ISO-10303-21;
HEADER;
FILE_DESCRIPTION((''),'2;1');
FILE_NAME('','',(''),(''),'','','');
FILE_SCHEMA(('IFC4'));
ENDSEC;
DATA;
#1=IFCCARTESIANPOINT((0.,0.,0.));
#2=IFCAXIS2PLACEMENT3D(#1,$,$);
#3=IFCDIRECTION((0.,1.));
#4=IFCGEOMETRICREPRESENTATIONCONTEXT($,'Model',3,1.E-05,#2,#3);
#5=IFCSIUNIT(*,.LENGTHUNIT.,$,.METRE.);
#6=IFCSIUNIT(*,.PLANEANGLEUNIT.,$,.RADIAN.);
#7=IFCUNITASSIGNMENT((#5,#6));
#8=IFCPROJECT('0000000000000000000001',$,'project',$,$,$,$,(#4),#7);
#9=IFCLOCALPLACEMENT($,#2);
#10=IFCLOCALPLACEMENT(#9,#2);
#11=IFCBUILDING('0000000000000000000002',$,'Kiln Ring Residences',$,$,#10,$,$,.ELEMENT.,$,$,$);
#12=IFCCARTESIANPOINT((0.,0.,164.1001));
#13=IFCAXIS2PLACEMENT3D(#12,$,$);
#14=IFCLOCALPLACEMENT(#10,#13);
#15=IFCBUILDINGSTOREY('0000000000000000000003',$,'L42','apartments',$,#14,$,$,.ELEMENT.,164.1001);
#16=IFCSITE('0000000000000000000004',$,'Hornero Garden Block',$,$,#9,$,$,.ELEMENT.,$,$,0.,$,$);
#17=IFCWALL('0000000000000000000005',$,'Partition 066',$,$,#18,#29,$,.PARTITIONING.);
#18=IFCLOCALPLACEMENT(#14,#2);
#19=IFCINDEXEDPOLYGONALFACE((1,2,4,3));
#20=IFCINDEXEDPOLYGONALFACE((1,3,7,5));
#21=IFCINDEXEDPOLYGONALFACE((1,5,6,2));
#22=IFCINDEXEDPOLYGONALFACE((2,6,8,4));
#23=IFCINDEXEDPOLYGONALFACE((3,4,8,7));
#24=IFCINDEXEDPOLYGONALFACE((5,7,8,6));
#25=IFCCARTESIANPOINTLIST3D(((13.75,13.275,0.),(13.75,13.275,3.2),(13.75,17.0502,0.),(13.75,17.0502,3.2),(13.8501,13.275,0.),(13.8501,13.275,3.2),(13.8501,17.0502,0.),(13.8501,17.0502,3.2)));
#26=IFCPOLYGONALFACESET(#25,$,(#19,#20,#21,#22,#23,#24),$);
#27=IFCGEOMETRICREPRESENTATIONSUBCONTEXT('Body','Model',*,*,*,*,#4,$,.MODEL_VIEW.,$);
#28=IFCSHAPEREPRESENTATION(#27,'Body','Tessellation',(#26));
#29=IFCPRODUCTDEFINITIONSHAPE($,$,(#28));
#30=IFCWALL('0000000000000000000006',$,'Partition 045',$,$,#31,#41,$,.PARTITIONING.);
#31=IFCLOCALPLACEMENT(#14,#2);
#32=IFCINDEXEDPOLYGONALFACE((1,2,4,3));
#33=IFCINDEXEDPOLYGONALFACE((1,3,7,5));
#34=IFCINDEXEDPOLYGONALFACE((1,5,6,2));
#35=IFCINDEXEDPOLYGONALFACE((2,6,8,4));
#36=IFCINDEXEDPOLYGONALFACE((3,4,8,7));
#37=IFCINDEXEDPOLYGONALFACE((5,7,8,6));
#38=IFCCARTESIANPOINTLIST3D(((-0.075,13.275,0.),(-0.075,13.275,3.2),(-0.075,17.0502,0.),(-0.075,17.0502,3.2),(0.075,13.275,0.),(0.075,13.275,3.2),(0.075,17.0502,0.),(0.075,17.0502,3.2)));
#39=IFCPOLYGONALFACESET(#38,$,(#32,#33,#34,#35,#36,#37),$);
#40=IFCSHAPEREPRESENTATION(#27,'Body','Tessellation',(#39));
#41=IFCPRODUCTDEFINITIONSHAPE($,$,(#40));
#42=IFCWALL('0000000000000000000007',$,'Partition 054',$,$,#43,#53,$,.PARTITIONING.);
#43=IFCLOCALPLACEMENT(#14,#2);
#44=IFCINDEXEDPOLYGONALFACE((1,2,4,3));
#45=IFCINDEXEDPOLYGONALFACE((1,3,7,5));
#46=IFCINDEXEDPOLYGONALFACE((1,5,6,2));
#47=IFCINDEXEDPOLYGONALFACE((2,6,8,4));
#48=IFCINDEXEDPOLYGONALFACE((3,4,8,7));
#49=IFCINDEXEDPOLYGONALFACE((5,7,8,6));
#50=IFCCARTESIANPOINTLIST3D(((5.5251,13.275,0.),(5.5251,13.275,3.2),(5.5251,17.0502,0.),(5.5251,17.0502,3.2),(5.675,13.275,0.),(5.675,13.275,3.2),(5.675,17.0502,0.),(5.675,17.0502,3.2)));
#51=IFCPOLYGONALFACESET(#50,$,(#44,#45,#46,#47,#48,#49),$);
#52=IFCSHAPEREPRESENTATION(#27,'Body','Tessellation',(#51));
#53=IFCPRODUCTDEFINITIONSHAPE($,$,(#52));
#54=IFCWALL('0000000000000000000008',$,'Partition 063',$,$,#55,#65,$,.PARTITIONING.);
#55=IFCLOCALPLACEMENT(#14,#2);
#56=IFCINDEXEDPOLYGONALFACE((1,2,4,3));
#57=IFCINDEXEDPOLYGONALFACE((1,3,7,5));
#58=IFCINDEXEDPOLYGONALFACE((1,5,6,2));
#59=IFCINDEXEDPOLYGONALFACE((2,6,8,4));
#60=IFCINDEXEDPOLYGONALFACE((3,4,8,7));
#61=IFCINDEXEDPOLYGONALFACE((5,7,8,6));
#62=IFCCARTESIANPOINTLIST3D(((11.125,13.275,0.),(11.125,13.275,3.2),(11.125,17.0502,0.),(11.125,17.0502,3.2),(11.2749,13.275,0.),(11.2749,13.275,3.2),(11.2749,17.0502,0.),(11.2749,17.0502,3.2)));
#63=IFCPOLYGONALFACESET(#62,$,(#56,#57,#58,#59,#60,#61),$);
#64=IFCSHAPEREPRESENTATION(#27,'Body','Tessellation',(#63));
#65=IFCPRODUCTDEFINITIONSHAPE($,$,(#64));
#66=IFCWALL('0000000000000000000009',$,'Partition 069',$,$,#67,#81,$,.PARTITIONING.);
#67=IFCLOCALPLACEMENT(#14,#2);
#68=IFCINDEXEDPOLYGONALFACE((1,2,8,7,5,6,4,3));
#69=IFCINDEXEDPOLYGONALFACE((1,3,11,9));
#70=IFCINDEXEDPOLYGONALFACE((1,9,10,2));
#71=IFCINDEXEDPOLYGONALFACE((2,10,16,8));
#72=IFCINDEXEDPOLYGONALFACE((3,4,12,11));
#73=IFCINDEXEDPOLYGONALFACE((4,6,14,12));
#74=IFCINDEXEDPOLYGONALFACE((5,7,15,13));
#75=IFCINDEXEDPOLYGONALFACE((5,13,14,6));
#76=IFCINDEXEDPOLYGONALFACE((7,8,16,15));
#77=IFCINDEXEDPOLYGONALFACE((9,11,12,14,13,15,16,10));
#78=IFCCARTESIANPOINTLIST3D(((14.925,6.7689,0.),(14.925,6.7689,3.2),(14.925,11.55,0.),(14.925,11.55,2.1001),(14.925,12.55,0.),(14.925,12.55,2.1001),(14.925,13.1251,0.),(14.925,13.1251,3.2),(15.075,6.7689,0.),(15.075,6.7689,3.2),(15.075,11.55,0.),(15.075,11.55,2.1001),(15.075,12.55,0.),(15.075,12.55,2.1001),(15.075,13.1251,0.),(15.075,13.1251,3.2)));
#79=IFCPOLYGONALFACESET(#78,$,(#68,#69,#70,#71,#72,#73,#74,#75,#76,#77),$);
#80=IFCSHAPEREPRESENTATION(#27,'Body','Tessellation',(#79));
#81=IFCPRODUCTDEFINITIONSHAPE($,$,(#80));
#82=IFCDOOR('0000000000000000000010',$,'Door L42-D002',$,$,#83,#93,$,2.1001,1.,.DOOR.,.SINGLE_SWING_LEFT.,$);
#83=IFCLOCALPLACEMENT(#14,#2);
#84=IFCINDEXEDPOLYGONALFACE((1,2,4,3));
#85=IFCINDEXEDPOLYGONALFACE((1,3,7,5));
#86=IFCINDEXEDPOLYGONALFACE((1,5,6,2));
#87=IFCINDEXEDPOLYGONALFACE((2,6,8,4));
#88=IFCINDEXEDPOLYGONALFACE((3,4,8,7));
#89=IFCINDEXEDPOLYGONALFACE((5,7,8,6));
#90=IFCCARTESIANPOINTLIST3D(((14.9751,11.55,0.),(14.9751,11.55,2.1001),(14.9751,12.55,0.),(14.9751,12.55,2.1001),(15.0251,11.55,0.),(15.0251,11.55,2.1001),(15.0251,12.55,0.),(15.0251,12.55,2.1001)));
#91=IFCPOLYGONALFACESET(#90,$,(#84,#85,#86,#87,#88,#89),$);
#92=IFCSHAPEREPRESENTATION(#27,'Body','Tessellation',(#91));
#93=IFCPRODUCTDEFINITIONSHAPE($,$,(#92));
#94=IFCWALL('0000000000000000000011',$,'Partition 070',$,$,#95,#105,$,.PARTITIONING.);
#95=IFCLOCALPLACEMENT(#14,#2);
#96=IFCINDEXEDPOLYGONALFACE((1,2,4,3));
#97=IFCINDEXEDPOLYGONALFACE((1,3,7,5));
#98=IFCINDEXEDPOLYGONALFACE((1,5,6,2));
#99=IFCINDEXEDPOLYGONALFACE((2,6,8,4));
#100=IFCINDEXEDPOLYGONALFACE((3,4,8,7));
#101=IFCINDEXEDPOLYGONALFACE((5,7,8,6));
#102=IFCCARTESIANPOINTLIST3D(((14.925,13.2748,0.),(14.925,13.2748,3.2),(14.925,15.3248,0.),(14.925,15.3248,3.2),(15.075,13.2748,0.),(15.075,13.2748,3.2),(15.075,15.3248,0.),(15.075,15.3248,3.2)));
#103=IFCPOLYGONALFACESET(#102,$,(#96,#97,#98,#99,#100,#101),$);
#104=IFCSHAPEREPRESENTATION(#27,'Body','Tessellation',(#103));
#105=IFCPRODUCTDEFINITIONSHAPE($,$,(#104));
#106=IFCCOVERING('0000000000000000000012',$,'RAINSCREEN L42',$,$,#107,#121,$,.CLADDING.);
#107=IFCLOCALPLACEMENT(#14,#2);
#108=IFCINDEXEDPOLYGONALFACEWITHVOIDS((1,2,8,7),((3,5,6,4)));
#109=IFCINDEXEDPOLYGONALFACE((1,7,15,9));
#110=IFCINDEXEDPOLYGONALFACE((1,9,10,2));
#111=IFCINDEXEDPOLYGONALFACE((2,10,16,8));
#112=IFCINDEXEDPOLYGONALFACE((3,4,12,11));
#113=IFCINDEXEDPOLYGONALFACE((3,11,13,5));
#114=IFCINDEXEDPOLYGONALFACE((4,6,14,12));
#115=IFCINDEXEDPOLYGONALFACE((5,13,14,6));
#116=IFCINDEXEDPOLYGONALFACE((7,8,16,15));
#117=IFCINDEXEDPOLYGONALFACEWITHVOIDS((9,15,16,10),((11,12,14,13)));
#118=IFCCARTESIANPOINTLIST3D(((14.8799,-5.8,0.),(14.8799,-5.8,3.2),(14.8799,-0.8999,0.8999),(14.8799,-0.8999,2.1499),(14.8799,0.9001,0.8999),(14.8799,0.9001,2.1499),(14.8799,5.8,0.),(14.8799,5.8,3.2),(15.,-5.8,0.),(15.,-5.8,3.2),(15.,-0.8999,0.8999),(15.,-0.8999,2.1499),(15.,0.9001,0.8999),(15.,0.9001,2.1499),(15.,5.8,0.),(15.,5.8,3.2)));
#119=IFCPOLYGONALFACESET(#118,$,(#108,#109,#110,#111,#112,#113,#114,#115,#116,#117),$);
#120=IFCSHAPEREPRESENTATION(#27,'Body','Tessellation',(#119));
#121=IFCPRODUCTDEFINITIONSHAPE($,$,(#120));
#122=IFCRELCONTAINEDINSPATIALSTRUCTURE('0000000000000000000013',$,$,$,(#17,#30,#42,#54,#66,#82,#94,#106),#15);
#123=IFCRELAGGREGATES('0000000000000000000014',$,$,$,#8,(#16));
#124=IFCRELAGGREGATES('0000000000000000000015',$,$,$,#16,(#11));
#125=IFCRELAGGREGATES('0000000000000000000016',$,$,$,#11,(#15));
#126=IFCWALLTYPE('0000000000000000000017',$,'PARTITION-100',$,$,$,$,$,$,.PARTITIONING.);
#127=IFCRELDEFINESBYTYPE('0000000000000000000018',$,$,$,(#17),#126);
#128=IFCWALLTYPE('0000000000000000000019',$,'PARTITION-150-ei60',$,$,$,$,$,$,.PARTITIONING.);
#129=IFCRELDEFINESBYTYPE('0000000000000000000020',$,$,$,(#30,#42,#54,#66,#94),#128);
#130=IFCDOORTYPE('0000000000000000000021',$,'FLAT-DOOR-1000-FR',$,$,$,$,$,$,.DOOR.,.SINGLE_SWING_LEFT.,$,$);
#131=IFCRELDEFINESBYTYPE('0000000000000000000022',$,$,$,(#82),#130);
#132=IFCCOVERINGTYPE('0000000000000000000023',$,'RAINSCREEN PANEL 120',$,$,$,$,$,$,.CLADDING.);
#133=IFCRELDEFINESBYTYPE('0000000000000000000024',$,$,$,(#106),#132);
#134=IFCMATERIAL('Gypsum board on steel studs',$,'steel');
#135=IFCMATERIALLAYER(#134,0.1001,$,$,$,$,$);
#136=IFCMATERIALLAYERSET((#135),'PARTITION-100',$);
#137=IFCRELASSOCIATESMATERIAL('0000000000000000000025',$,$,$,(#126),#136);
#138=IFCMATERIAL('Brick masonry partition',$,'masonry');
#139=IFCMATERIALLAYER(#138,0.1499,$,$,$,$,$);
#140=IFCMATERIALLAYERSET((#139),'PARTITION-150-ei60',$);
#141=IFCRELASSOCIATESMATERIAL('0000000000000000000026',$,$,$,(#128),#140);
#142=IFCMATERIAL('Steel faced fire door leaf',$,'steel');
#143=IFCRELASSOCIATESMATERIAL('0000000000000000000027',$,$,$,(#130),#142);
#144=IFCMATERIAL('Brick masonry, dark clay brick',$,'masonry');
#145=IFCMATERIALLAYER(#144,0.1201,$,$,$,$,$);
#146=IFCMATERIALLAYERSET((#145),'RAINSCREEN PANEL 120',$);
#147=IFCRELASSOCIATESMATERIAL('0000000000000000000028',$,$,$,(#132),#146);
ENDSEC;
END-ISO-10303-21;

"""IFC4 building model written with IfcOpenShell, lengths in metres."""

from ifc_helpers import new_model, si_unit, direction, frame, frame_2d, origin, place, context, subcontext, project, spatial, polyline, rectangle, outline, extrude, material, layer, layer_set, type_object, element, fill, save


model = new_model("IFC4")

# Units and contexts
model_context = context("Model", 3, precision=1e-05, world=origin(), true_north=direction((0.0, 1.0)))
body_context = subcontext(model_context, "Body", "Model", "MODEL_VIEW")
ifc_project = project(units=[si_unit("LENGTHUNIT", "METRE"), si_unit("PLANEANGLEUNIT", "RADIAN")], contexts=[model_context])

# Site, building, storey
site_placement = place(None, origin())
site = spatial("IfcSite", under=ifc_project, at=site_placement, Name="Hornero Garden Block", CompositionType="ELEMENT", RefElevation=0.0)
building_placement = place(site_placement, origin())
building = spatial("IfcBuilding", under=site, at=building_placement, Name="Kiln Ring Residences", CompositionType="ELEMENT")
storey_placement = place(building_placement, frame((0.0, 0.0, 164.1001)))
storey = spatial("IfcBuildingStorey", under=building, at=storey_placement, Name="L42", Description="apartments", CompositionType="ELEMENT", Elevation=164.1001)

# Walls
ifc_material_1 = material(Name="Gypsum board on steel studs", Category="steel")
ifc_layer_1 = layer(ifc_material_1, 0.1001)
ifc_layer_set_1 = layer_set([ifc_layer_1], Name="PARTITION-100")
wall_type_1 = type_object("IfcWallType", Name="PARTITION-100", PredefinedType="PARTITIONING", material=ifc_layer_set_1)
wall_1_placement = place(storey_placement, frame((13.8, 13.2749, 0.0), z_axis=(0.0, 0.0, 1.0), x_axis=(0.0, 1.0, 0.0)))
element("IfcWall", 1, at=wall_1_placement, inside=storey, type_object=wall_type_1, Name="Partition 066", PredefinedType="PARTITIONING", context=body_context, shape_type="SweptSolid", body=[
    extrude(rectangle(XDim=3.7751, YDim=0.1001, at=frame_2d((1.8877, 0.0))), origin(), (0.0, 0.0, 1.0), 3.2),
])
ifc_material_2 = material(Name="Brick masonry partition", Category="masonry")
ifc_layer_2 = layer(ifc_material_2, 0.1499)
ifc_layer_set_2 = layer_set([ifc_layer_2], Name="PARTITION-150-ei60")
wall_type_2 = type_object("IfcWallType", Name="PARTITION-150-ei60", PredefinedType="PARTITIONING", material=ifc_layer_set_2)
for number, where, z_axis, x_axis, name in (
    (2, (0.0, 13.2749, 0.0), (0.0, 0.0, 1.0), (0.0, 1.0, 0.0), "Partition 045"),
    (3, (5.6001, 13.2749, 0.0), (0.0, 0.0, 1.0), (0.0, 1.0, 0.0), "Partition 054"),
    (4, (11.2, 13.2749, 0.0), (0.0, 0.0, 1.0), (0.0, 1.0, 0.0), "Partition 063"),
):
    element("IfcWall", number, at=place(storey_placement, frame(where, z_axis=z_axis, x_axis=x_axis)), inside=storey, type_object=wall_type_2, Name=name, PredefinedType="PARTITIONING", context=body_context, shape_type="SweptSolid", body=[
        extrude(rectangle(XDim=3.7751, YDim=0.1499, at=frame_2d((1.8877, 0.0))), origin(), (0.0, 0.0, 1.0), 3.2),
    ])

# Wall, opening, door
wall_2_placement = place(storey_placement, frame((15.0, 6.7688, 0.0), z_axis=(0.0, 0.0, 1.0), x_axis=(0.0, 1.0, 0.0)))
wall_2 = element("IfcWall", 5, at=wall_2_placement, inside=storey, type_object=wall_type_2, Name="Partition 069", PredefinedType="PARTITIONING", context=body_context, shape_type="SweptSolid", body=[
    extrude(rectangle(XDim=6.3562, YDim=0.1499, at=frame_2d((3.1782, 0.0))), origin(), (0.0, 0.0, 1.0), 3.2),
])
opening_placement = place(wall_2_placement, frame((4.7812, 0.0, 0.0)))
opening = element("IfcOpeningElement", 6, at=opening_placement, cuts=wall_2, PredefinedType="OPENING", context=body_context, shape_type="SweptSolid", body=[
    extrude(rectangle(XDim=1.0, YDim=2.1001, at=frame_2d((0.5, 1.05))), frame((0.0, 0.085, 0.0), z_axis=(0.0, -1.0, 0.0), x_axis=(1.0, 0.0, 0.0)), (0.0, 0.0, 1.0), 0.1699),
])
ifc_material_3 = material(Name="Steel faced fire door leaf", Category="steel")
door_type = type_object("IfcDoorType", Name="FLAT-DOOR-1000-FR", OperationType="SINGLE_SWING_LEFT", PredefinedType="DOOR", material=ifc_material_3)
door_placement = place(opening_placement, origin())
door = element("IfcDoor", 7, at=door_placement, inside=storey, type_object=door_type, Name="Door L42-D002", OperationType="SINGLE_SWING_LEFT", OverallHeight=2.1001, OverallWidth=1.0, PredefinedType="DOOR", context=body_context, shape_type="SweptSolid", body=[
    extrude(rectangle(XDim=1.0, YDim=2.1001, at=frame_2d((0.5, 1.05))), frame((0.0, 0.0249, 0.0), z_axis=(0.0, -1.0, 0.0), x_axis=(1.0, 0.0, 0.0)), (0.0, 0.0, 1.0), 0.05),
])
fill(opening, door)

# Wall
wall_3_placement = place(storey_placement, frame((15.0, 13.2749, 0.0), z_axis=(0.0, 0.0, 1.0), x_axis=(0.0, 1.0, 0.0)))
element("IfcWall", 8, at=wall_3_placement, inside=storey, type_object=wall_type_2, Name="Partition 070", PredefinedType="PARTITIONING", context=body_context, shape_type="SweptSolid", body=[
    extrude(rectangle(XDim=2.05, YDim=0.1499, at=frame_2d((1.0249, 0.0))), origin(), (0.0, 0.0, 1.0), 3.2),
])

# Covering
ifc_material_4 = material(Name="Brick masonry, dark clay brick", Category="masonry")
ifc_layer_3 = layer(ifc_material_4, 0.1201)
ifc_layer_set_3 = layer_set([ifc_layer_3], Name="RAINSCREEN PANEL 120")
covering_type = type_object("IfcCoveringType", Name="RAINSCREEN PANEL 120", PredefinedType="CLADDING", material=ifc_layer_set_3)
covering_placement = place(storey_placement, frame((14.9399, 5.8, 0.0), z_axis=(0.0, 0.0, 1.0), x_axis=(0.0, -1.0, 0.0)))
element("IfcCovering", 9, at=covering_placement, inside=storey, type_object=covering_type, Name="RAINSCREEN L42", PredefinedType="CLADDING", context=body_context, shape_type="SweptSolid", body=[
    extrude(outline(polyline([(0.0, 0.0), (11.6001, 0.0), (11.6001, 3.2), (0.0, 3.2), (0.0, 0.0)]), holes=[polyline([(4.8999, 2.1499), (4.8999, 0.8999), (6.7, 0.8999), (6.7, 2.1499), (4.8999, 2.1499)])]), frame((0.0, 0.0601, 0.0), z_axis=(0.0, -1.0, 0.0), x_axis=(1.0, 0.0, 0.0)), (0.0, 0.0, 1.0), 0.1201),
])

save(model, "model.ifc")
